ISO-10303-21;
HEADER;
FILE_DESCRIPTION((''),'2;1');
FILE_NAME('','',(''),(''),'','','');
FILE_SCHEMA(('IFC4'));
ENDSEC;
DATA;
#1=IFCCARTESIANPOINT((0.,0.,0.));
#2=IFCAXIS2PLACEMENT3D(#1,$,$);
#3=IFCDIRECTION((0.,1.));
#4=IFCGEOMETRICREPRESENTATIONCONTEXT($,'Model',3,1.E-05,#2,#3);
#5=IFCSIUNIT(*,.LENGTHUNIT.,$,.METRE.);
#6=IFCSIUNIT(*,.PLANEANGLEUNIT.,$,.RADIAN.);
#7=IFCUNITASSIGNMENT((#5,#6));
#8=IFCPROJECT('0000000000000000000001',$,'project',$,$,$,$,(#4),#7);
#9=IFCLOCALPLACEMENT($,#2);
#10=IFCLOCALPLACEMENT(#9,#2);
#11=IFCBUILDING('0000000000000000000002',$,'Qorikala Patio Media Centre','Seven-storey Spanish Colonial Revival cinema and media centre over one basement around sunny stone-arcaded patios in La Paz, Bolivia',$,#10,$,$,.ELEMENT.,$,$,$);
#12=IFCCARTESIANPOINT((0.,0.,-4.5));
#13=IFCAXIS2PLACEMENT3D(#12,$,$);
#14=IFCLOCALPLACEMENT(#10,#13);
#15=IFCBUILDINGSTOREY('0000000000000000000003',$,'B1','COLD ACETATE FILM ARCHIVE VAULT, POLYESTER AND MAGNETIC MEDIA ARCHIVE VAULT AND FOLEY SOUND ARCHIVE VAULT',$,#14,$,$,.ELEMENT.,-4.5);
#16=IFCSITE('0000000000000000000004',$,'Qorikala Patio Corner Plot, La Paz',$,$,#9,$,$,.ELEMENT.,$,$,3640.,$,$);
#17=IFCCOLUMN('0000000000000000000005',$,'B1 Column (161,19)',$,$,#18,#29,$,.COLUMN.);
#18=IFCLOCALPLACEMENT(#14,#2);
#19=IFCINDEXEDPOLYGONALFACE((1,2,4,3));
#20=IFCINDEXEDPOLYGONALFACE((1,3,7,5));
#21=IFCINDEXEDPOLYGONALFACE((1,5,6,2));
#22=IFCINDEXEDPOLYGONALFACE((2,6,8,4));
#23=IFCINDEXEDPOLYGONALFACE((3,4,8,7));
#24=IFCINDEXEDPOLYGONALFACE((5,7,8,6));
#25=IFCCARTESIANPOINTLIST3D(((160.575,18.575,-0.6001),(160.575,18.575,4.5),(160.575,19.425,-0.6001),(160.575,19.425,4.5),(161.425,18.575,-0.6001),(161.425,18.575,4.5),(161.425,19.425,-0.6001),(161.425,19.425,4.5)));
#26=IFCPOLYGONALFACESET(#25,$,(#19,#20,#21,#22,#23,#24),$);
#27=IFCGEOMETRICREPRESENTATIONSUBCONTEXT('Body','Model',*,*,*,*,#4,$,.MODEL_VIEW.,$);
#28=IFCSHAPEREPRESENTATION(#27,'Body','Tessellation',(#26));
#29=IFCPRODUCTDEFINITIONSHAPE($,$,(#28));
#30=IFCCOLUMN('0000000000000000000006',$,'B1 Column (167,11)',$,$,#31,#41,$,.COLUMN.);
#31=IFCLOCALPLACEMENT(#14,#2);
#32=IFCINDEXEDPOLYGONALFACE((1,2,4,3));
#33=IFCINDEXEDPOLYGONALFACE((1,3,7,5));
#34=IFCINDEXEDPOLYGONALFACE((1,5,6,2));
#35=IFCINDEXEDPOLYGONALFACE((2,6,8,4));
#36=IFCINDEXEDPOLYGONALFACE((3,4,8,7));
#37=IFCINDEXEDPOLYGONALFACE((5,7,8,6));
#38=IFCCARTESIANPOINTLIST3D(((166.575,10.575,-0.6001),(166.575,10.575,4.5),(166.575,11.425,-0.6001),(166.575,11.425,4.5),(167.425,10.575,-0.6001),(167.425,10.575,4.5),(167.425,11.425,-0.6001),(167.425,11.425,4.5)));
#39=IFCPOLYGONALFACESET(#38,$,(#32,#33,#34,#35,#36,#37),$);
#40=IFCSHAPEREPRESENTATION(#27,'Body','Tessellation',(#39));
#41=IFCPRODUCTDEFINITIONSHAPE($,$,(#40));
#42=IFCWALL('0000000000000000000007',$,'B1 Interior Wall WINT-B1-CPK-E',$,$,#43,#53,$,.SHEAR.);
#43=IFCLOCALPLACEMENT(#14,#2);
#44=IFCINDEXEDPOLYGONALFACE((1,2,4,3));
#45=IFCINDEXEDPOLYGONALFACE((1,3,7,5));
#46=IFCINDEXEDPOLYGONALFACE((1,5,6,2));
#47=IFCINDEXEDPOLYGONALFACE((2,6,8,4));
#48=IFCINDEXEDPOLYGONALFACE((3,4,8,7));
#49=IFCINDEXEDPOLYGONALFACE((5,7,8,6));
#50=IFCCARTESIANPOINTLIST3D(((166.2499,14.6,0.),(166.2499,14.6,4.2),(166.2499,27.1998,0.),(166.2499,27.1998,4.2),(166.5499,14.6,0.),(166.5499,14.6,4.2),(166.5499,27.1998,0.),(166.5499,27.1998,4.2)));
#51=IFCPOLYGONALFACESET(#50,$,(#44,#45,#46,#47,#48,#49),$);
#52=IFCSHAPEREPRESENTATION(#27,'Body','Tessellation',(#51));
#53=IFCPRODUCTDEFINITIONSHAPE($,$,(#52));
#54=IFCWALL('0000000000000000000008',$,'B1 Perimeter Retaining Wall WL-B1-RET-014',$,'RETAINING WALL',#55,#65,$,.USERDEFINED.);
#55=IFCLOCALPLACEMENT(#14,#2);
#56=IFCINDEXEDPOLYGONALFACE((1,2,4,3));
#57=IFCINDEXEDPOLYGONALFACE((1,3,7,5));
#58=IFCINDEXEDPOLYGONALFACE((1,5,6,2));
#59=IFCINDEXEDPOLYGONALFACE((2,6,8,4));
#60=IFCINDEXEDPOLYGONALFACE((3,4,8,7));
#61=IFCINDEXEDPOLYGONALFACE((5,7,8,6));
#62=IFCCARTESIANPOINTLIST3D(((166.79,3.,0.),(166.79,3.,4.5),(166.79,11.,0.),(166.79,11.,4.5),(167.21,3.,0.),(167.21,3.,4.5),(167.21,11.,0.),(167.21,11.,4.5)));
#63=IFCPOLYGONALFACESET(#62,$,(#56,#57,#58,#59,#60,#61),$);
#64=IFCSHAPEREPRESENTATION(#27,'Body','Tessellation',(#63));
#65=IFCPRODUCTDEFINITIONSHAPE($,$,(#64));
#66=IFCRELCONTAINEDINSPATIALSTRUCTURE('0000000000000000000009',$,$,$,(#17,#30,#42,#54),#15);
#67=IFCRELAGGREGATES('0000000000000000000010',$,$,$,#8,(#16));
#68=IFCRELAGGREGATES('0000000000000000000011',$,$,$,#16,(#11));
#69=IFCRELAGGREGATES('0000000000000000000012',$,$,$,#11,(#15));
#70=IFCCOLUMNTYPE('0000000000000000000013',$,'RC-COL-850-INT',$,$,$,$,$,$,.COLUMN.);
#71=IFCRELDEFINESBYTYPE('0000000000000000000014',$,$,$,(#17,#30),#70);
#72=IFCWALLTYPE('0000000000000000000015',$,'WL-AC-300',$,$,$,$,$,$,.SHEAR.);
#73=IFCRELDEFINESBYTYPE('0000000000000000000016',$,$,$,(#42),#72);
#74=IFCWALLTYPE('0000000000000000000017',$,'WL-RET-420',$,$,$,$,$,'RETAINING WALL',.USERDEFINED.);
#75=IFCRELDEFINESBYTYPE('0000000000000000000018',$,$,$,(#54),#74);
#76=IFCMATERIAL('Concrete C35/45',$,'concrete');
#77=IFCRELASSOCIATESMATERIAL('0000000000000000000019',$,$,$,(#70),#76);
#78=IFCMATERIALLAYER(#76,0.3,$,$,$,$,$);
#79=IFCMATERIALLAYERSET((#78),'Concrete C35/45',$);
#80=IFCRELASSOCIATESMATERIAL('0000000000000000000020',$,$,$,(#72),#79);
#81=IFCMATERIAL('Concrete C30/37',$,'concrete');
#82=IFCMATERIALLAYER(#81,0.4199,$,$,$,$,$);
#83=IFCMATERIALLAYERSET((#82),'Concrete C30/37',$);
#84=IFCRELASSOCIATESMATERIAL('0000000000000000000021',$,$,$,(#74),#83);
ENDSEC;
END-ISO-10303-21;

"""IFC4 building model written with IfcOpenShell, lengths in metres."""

from ifc_helpers import new_model, si_unit, direction, frame, frame_2d, origin, origin_2d, place, context, subcontext, project, spatial, rectangle, extrude, material, layer, layer_set, material_profile, profile_set, type_object, element, save


model = new_model("IFC4")

# Units and contexts
model_context = context("Model", 3, precision=1e-05, world=origin(), true_north=direction((0.0, 1.0)))
body_context = subcontext(model_context, "Body", "Model", "MODEL_VIEW")
ifc_project = project(units=[si_unit("LENGTHUNIT", "METRE"), si_unit("PLANEANGLEUNIT", "RADIAN")], contexts=[model_context])

# Site, building, storey
site_placement = place(None, origin())
site = spatial("IfcSite", under=ifc_project, at=site_placement, Name="Qorikala Patio Corner Plot, La Paz", CompositionType="ELEMENT", RefElevation=3640.0)
building_placement = place(site_placement, origin())
building = spatial("IfcBuilding", under=site, at=building_placement, Name="Qorikala Patio Media Centre", Description="Seven-storey Spanish Colonial Revival cinema and media centre over one basement around sunny stone-arcaded patios in La Paz, Bolivia", CompositionType="ELEMENT")
storey_placement = place(building_placement, frame((0.0, 0.0, -4.5)))
storey = spatial("IfcBuildingStorey", under=building, at=storey_placement, Name="B1", Description="COLD ACETATE FILM ARCHIVE VAULT, POLYESTER AND MAGNETIC MEDIA ARCHIVE VAULT AND FOLEY SOUND ARCHIVE VAULT", CompositionType="ELEMENT", Elevation=-4.5)

# Shared definitions
ifc_material_1 = material(Name="Concrete C30/37", Category="concrete")

# Columns
ifc_material_2 = material(Name="Concrete C35/45", Category="concrete")
ifc_material_profile_1 = material_profile(ifc_material_2, rectangle(XDim=0.8501, YDim=0.8501, at=origin_2d()), Name="RC 850x850")
ifc_profile_set_1 = profile_set([ifc_material_profile_1], Name="Concrete C35/45")
column_type = type_object("IfcColumnType", Name="RC-COL-850-INT", PredefinedType="COLUMN", material=ifc_profile_set_1)
for number, where, z_axis, x_axis, name in (
    (1, (161.0, 19.0, -0.6001), (0.0, 0.0, 1.0), (1.0, 0.0, 0.0), "B1 Column (161,19)"),
    (2, (167.0, 11.0, -0.6001), (0.0, 0.0, 1.0), (1.0, 0.0, 0.0), "B1 Column (167,11)"),
):
    element("IfcColumn", number, at=place(storey_placement, frame(where, z_axis=z_axis, x_axis=x_axis)), inside=storey, type_object=column_type, Name=name, PredefinedType="COLUMN", context=body_context, shape_type="SweptSolid", body=[
        extrude(rectangle(XDim=0.8501, YDim=0.8501, at=origin_2d()), origin(), (0.0, 0.0, 1.0), 5.1001),
    ])

# Walls
ifc_layer_1 = layer(ifc_material_2, 0.3)
ifc_layer_set_1 = layer_set([ifc_layer_1], Name="Concrete C35/45")
wall_type_1 = type_object("IfcWallType", Name="WL-AC-300", PredefinedType="SHEAR", material=ifc_layer_set_1)
wall_1_placement = place(storey_placement, frame((166.3999, 14.6001, 0.0), z_axis=(0.0, 0.0, 1.0), x_axis=(0.0, 1.0, 0.0)))
element("IfcWall", 3, at=wall_1_placement, inside=storey, type_object=wall_type_1, Name="B1 Interior Wall WINT-B1-CPK-E", PredefinedType="SHEAR", context=body_context, shape_type="SweptSolid", body=[
    extrude(rectangle(XDim=12.5999, YDim=0.3, at=frame_2d((6.2998, 0.0))), origin(), (0.0, 0.0, 1.0), 4.2),
])
ifc_layer_2 = layer(ifc_material_1, 0.4199)
ifc_layer_set_2 = layer_set([ifc_layer_2], Name="Concrete C30/37")
wall_type_2 = type_object("IfcWallType", Name="WL-RET-420", ElementType="RETAINING WALL", PredefinedType="USERDEFINED", material=ifc_layer_set_2)
wall_2_placement = place(storey_placement, frame((167.0, 11.0, 0.0), z_axis=(0.0, 0.0, 1.0), x_axis=(0.0, -1.0, 0.0)))
element("IfcWall", 4, at=wall_2_placement, inside=storey, type_object=wall_type_2, Name="B1 Perimeter Retaining Wall WL-B1-RET-014", ObjectType="RETAINING WALL", PredefinedType="USERDEFINED", context=body_context, shape_type="SweptSolid", body=[
    extrude(rectangle(XDim=8.0, YDim=0.4199, at=frame_2d((4.0, 0.0))), origin(), (0.0, 0.0, 1.0), 4.5),
])

save(model, "model.ifc")
